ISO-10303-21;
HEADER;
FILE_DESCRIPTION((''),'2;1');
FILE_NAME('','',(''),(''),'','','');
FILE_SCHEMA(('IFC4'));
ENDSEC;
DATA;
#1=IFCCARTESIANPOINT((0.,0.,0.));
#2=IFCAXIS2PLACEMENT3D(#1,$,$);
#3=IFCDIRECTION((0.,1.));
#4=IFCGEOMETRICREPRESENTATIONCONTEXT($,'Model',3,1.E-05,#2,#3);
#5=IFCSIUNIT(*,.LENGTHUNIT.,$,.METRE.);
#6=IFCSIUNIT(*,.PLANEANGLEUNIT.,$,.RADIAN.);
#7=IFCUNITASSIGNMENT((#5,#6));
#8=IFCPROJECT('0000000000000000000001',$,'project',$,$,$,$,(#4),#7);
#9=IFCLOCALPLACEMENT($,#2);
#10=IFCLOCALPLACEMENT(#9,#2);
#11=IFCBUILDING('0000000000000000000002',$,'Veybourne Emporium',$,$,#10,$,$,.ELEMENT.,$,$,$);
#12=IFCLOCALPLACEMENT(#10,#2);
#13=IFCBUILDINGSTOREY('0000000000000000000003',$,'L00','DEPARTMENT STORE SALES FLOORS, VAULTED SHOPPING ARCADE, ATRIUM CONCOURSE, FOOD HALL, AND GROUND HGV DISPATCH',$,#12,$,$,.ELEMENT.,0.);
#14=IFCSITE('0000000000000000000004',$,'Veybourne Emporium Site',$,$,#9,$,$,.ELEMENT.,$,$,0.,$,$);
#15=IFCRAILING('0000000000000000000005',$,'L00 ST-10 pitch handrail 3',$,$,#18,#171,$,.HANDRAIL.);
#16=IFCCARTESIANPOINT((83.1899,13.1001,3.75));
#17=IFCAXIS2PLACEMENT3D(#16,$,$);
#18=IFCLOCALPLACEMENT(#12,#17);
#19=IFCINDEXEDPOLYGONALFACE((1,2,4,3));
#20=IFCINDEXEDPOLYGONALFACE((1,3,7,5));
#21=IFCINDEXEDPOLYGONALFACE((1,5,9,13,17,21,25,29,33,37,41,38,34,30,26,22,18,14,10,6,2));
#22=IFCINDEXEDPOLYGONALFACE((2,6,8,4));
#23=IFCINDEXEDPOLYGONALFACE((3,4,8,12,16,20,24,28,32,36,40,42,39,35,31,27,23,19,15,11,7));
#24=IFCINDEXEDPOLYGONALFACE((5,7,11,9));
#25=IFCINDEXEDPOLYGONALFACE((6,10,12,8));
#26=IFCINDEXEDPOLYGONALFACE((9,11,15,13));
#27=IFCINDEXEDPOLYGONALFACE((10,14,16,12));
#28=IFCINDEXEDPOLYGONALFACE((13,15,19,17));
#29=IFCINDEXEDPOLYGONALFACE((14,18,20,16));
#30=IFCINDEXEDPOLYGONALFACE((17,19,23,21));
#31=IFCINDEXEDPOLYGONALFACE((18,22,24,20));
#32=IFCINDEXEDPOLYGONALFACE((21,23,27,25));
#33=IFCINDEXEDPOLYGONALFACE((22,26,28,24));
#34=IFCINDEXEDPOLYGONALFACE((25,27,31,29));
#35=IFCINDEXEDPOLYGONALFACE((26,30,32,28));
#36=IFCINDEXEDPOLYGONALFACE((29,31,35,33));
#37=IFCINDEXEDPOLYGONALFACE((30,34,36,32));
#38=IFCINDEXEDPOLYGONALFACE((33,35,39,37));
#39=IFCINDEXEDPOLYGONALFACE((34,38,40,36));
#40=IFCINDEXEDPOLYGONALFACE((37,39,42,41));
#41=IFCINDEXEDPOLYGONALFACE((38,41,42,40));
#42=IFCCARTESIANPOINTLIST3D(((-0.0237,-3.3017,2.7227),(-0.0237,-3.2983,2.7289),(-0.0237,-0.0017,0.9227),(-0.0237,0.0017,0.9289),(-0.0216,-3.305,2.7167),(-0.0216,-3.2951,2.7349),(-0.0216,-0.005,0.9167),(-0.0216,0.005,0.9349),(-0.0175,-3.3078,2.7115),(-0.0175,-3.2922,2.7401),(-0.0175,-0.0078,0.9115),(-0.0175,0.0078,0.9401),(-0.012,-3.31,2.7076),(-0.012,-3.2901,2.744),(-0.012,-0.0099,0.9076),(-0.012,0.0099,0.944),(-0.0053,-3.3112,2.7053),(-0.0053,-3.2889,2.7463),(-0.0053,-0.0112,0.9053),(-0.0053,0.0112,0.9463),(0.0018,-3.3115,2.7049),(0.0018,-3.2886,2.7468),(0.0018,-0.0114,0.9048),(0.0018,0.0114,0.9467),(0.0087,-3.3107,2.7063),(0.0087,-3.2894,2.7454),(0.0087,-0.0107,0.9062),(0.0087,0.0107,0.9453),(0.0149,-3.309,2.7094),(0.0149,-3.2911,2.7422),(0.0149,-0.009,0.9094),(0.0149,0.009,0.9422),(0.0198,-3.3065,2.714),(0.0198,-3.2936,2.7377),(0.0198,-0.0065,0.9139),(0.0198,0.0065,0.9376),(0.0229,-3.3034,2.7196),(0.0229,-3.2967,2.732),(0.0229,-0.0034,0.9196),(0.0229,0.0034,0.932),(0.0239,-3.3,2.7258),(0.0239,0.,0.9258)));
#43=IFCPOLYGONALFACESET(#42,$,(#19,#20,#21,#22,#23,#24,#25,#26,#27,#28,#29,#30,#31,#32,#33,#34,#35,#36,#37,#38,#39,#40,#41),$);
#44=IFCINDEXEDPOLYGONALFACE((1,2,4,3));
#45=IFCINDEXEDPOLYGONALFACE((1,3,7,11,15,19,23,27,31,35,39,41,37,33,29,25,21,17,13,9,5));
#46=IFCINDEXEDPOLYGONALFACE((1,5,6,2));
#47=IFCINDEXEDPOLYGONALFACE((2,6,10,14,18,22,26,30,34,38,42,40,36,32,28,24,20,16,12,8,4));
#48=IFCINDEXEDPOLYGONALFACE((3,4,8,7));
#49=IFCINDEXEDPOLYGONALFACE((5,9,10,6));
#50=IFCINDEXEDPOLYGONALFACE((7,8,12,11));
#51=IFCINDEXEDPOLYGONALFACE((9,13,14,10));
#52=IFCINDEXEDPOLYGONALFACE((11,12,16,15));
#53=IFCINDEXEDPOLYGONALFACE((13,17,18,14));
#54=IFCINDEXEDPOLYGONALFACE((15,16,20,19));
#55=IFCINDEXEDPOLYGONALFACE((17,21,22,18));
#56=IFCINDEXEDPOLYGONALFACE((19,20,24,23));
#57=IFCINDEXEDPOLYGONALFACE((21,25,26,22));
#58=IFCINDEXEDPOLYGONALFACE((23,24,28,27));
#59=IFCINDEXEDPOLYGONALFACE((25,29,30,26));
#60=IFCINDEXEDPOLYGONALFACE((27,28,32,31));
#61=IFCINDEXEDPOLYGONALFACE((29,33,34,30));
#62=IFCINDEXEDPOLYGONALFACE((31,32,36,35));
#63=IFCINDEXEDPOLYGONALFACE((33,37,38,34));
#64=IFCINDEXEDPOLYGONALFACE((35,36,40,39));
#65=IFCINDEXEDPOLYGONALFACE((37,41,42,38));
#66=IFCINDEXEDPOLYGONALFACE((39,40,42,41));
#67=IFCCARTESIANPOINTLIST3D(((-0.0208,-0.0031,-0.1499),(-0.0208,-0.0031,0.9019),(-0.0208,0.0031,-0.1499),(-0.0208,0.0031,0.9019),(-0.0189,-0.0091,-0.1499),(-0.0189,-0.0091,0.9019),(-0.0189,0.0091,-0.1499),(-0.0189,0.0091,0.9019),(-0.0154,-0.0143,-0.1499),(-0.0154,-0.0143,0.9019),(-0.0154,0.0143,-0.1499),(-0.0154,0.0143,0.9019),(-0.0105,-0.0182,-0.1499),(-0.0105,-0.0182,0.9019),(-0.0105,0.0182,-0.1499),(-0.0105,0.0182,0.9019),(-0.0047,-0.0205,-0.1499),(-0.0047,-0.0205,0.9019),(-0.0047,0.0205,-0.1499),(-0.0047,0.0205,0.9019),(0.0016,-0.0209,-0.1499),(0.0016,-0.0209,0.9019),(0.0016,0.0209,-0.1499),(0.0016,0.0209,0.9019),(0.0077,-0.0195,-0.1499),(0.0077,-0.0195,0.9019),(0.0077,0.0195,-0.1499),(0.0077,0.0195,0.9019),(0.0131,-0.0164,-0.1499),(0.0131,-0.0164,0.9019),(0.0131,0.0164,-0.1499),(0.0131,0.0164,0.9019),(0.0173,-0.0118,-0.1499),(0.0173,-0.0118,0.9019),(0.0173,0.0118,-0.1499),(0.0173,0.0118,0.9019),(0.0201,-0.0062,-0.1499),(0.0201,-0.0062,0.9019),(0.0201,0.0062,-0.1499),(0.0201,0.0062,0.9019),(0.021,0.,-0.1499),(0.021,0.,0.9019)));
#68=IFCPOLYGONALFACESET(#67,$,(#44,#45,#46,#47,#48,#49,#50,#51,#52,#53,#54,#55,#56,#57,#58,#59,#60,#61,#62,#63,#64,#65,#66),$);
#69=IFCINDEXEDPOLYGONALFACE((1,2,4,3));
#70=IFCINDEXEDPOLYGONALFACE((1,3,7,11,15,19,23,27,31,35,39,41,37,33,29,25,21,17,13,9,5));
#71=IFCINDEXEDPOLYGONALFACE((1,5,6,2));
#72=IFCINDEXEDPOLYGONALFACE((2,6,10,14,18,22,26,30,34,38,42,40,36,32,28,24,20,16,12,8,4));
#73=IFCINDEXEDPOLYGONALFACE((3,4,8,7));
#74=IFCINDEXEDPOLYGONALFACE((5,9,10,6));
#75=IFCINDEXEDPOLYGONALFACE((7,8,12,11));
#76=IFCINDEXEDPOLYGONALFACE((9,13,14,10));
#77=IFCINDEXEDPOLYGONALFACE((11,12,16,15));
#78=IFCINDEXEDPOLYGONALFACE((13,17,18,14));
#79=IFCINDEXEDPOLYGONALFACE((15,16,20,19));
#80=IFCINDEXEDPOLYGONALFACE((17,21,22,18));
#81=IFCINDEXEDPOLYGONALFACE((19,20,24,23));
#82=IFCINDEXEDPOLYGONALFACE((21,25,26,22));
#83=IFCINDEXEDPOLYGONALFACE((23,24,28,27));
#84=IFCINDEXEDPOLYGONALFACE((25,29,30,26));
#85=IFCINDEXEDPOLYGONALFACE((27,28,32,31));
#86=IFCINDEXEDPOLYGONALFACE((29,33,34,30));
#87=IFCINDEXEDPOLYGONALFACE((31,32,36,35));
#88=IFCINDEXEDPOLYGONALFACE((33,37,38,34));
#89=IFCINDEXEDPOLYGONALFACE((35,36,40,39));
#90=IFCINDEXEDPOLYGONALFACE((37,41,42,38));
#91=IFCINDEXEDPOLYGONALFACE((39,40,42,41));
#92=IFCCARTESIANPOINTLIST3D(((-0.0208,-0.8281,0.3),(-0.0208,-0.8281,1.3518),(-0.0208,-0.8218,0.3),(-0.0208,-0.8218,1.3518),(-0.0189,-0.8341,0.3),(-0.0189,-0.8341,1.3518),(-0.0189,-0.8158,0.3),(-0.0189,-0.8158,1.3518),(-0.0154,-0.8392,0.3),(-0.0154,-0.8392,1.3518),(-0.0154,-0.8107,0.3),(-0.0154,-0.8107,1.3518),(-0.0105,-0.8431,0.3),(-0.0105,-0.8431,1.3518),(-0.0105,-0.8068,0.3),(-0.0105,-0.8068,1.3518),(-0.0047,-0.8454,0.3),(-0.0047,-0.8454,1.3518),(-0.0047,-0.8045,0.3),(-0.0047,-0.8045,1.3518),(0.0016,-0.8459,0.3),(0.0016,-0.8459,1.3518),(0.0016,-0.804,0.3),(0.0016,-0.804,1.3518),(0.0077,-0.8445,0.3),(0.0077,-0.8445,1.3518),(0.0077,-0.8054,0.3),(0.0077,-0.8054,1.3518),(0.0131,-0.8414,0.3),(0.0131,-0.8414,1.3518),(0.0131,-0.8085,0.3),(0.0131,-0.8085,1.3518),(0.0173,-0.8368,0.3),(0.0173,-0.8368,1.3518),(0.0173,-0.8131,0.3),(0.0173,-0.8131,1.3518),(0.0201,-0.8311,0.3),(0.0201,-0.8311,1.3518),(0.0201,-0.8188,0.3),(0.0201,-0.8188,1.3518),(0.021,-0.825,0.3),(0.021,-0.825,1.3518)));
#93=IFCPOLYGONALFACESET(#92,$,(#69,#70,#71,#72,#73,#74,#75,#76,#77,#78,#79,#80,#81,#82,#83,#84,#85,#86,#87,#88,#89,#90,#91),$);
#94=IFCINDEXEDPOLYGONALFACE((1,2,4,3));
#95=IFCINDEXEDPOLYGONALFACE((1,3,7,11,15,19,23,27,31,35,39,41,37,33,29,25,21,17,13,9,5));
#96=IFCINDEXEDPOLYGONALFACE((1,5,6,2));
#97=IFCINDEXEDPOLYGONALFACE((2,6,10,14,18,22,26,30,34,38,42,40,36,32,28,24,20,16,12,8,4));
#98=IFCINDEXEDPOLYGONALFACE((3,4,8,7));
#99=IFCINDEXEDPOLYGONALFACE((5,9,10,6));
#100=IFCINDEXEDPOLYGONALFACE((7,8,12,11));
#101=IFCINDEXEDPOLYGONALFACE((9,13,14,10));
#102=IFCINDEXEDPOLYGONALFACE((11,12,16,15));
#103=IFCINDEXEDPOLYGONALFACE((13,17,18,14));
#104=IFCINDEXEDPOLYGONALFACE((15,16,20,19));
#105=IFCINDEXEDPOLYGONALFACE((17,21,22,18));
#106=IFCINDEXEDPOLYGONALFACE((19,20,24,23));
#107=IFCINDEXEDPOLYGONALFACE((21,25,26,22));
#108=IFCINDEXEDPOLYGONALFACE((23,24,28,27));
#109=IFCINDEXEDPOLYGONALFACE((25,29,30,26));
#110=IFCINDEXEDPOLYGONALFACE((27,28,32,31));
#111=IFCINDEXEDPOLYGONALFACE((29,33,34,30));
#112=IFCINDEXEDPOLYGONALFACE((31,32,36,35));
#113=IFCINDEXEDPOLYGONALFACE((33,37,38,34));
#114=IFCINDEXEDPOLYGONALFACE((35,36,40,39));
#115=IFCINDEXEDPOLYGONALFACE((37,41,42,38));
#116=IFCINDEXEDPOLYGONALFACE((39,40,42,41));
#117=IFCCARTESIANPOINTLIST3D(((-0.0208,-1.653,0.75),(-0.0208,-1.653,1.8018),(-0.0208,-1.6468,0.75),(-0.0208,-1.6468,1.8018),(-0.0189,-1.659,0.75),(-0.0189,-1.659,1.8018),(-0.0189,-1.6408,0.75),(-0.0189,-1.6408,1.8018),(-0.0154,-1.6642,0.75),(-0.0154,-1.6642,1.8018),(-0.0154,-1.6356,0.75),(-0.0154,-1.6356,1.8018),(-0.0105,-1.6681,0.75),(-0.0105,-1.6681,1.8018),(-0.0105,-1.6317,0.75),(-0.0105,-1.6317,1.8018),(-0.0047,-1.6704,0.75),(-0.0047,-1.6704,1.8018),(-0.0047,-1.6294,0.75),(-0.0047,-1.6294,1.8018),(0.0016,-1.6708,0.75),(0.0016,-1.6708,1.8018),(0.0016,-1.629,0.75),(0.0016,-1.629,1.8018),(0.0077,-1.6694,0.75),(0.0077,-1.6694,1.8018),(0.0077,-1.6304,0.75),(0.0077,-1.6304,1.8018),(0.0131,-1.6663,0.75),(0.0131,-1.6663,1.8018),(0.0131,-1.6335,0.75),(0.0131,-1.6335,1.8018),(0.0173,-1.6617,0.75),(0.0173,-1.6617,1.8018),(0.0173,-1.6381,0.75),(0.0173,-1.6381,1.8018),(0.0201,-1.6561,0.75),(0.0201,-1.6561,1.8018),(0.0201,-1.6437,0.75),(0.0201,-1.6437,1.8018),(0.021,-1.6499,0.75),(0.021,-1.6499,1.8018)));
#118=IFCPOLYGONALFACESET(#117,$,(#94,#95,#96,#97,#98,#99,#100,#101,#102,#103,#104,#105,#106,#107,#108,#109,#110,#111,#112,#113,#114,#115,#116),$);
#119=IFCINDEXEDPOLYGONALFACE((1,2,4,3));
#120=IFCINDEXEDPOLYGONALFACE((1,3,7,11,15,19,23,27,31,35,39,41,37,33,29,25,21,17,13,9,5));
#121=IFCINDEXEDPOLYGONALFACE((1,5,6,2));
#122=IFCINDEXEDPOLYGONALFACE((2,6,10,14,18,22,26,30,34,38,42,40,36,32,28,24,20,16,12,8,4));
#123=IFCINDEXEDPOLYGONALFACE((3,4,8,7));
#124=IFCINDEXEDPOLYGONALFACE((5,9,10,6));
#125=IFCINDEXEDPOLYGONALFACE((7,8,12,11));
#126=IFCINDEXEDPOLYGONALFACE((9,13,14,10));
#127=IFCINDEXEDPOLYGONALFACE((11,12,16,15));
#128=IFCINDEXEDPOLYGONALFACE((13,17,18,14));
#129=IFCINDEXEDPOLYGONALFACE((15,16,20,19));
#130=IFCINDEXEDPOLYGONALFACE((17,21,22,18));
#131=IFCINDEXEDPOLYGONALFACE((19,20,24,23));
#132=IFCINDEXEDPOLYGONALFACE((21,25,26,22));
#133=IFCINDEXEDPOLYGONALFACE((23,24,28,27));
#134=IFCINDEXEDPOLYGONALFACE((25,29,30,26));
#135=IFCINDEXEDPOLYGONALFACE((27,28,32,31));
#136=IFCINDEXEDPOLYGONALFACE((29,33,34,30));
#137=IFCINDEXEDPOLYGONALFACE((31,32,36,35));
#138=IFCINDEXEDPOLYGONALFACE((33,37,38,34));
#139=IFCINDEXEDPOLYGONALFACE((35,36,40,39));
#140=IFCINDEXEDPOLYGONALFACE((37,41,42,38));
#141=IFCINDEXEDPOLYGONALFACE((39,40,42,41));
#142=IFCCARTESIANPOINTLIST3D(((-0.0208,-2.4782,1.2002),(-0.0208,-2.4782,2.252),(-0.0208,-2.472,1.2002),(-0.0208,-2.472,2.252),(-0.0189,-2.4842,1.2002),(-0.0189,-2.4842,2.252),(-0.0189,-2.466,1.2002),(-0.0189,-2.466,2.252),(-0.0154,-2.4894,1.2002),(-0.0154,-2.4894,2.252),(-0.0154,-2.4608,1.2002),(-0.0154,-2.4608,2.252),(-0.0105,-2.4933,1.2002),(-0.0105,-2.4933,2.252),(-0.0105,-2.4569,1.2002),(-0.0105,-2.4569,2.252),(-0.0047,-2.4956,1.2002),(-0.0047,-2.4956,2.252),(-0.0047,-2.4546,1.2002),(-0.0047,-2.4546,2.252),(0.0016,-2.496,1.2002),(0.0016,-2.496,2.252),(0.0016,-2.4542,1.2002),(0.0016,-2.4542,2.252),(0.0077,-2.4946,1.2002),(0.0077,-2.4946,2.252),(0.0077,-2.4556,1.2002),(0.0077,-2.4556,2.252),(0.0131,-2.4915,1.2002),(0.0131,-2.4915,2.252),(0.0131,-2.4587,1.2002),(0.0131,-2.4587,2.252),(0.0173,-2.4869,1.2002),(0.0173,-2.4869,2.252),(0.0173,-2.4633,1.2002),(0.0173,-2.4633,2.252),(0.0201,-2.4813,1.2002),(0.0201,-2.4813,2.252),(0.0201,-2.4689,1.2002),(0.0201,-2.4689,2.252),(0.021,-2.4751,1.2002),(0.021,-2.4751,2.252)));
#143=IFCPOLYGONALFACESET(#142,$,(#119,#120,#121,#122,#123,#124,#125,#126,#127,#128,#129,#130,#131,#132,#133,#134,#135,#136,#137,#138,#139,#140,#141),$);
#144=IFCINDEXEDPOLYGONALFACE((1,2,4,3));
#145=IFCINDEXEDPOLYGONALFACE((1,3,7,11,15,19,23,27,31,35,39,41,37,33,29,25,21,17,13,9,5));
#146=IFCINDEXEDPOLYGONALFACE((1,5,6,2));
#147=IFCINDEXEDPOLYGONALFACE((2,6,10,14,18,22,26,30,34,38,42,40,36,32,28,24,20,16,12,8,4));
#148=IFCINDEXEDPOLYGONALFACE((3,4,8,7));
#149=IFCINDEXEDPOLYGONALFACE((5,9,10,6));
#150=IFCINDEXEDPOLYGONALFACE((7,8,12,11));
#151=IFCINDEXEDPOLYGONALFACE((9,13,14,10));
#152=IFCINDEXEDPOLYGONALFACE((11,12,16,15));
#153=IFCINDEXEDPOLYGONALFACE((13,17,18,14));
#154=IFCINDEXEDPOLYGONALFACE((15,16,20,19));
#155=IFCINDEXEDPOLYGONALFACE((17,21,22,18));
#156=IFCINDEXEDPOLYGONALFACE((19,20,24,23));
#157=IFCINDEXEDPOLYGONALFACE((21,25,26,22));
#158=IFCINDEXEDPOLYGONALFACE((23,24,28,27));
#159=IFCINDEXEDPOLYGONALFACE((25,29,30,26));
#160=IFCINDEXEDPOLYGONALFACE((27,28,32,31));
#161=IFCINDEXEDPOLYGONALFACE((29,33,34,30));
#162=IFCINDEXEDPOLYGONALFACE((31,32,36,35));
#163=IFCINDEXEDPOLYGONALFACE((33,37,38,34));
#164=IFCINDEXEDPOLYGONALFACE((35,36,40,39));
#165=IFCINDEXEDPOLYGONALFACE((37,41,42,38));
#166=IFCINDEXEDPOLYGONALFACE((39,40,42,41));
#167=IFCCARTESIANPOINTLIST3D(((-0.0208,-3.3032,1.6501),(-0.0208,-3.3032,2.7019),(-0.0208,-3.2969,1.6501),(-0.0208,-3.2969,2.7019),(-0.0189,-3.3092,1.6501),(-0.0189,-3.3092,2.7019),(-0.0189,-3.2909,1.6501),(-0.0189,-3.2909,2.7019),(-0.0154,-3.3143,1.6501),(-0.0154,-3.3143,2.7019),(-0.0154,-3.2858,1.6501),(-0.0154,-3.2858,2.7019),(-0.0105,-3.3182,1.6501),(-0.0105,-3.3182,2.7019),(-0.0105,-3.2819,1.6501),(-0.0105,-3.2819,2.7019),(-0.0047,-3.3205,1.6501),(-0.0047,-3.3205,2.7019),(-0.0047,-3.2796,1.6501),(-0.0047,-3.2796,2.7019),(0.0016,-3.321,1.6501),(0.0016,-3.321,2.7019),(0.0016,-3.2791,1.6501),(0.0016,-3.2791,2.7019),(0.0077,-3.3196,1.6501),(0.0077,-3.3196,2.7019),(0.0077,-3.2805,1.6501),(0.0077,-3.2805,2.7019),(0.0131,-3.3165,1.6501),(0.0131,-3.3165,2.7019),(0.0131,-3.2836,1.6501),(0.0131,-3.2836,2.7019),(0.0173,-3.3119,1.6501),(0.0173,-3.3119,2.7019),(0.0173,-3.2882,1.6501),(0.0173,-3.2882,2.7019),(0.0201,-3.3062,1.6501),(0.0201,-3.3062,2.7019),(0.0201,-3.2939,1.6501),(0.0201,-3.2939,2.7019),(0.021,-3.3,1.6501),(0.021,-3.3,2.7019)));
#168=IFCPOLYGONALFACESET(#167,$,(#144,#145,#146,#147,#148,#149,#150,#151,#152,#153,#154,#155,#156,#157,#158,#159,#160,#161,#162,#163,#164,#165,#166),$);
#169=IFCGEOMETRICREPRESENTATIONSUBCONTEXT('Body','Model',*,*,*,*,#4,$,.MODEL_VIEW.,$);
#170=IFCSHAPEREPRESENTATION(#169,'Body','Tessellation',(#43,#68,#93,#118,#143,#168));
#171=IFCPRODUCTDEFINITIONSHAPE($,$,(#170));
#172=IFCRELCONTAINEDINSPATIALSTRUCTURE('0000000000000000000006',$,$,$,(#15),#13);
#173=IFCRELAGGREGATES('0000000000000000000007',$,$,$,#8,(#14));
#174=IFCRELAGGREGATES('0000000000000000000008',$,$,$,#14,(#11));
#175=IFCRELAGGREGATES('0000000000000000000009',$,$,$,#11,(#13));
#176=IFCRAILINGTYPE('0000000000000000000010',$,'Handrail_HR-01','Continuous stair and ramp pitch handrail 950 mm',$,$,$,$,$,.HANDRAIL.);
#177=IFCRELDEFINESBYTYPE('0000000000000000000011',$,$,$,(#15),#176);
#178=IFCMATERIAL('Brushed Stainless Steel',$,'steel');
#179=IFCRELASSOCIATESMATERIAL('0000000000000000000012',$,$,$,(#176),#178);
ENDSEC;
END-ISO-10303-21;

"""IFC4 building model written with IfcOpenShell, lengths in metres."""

from ifc_helpers import new_model, si_unit, direction, frame, origin, origin_2d, place, context, subcontext, project, spatial, circle, extrude, material, type_object, element, save


model = new_model("IFC4")

# Units and contexts
model_context = context("Model", 3, precision=1e-05, world=origin(), true_north=direction((0.0, 1.0)))
body_context = subcontext(model_context, "Body", "Model", "MODEL_VIEW")
ifc_project = project(units=[si_unit("LENGTHUNIT", "METRE"), si_unit("PLANEANGLEUNIT", "RADIAN")], contexts=[model_context])

# Site, building, storey
site_placement = place(None, origin())
site = spatial("IfcSite", under=ifc_project, at=site_placement, Name="Veybourne Emporium Site", CompositionType="ELEMENT", RefElevation=0.0)
building_placement = place(site_placement, origin())
building = spatial("IfcBuilding", under=site, at=building_placement, Name="Veybourne Emporium", CompositionType="ELEMENT")
storey_placement = place(building_placement, origin())
storey = spatial("IfcBuildingStorey", under=building, at=storey_placement, Name="L00", Description="DEPARTMENT STORE SALES FLOORS, VAULTED SHOPPING ARCADE, ATRIUM CONCOURSE, FOOD HALL, AND GROUND HGV DISPATCH", CompositionType="ELEMENT", Elevation=0.0)

# Railing
ifc_material_1 = material(Name="Brushed Stainless Steel", Category="steel")
railing_type_1 = type_object("IfcRailingType", Name="Handrail_HR-01", Description="Continuous stair and ramp pitch handrail 950 mm", PredefinedType="HANDRAIL", material=ifc_material_1)
railing_1_placement = place(storey_placement, frame((83.1899, 13.1001, 3.75)))
element("IfcRailing", 1, at=railing_1_placement, inside=storey, type_object=railing_type_1, Name="L00 ST-10 pitch handrail 3", PredefinedType="HANDRAIL", context=body_context, shape_type="SweptSolid", body=[
    extrude(circle(Radius=0.0239, at=origin_2d()), frame((0.0, 0.0, 0.9258), z_axis=(0.0, -0.877893, 0.478857), x_axis=(1.0, 0.0, 0.0)), (0.0, 0.0, 1.0), 3.759),
    extrude(circle(Radius=0.021, at=origin_2d()), frame((0.0, 0.0, -0.1499)), (0.0, 0.0, 1.0), 1.0518),
    extrude(circle(Radius=0.021, at=origin_2d()), frame((0.0, -0.825, 0.3)), (0.0, 0.0, 1.0), 1.0518),
    extrude(circle(Radius=0.021, at=origin_2d()), frame((0.0, -1.6499, 0.75)), (0.0, 0.0, 1.0), 1.0518),
    extrude(circle(Radius=0.021, at=origin_2d()), frame((0.0, -2.4751, 1.2002)), (0.0, 0.0, 1.0), 1.0518),
    extrude(circle(Radius=0.021, at=origin_2d()), frame((0.0, -3.3, 1.6501)), (0.0, 0.0, 1.0), 1.0518),
])

save(model, "model.ifc")
